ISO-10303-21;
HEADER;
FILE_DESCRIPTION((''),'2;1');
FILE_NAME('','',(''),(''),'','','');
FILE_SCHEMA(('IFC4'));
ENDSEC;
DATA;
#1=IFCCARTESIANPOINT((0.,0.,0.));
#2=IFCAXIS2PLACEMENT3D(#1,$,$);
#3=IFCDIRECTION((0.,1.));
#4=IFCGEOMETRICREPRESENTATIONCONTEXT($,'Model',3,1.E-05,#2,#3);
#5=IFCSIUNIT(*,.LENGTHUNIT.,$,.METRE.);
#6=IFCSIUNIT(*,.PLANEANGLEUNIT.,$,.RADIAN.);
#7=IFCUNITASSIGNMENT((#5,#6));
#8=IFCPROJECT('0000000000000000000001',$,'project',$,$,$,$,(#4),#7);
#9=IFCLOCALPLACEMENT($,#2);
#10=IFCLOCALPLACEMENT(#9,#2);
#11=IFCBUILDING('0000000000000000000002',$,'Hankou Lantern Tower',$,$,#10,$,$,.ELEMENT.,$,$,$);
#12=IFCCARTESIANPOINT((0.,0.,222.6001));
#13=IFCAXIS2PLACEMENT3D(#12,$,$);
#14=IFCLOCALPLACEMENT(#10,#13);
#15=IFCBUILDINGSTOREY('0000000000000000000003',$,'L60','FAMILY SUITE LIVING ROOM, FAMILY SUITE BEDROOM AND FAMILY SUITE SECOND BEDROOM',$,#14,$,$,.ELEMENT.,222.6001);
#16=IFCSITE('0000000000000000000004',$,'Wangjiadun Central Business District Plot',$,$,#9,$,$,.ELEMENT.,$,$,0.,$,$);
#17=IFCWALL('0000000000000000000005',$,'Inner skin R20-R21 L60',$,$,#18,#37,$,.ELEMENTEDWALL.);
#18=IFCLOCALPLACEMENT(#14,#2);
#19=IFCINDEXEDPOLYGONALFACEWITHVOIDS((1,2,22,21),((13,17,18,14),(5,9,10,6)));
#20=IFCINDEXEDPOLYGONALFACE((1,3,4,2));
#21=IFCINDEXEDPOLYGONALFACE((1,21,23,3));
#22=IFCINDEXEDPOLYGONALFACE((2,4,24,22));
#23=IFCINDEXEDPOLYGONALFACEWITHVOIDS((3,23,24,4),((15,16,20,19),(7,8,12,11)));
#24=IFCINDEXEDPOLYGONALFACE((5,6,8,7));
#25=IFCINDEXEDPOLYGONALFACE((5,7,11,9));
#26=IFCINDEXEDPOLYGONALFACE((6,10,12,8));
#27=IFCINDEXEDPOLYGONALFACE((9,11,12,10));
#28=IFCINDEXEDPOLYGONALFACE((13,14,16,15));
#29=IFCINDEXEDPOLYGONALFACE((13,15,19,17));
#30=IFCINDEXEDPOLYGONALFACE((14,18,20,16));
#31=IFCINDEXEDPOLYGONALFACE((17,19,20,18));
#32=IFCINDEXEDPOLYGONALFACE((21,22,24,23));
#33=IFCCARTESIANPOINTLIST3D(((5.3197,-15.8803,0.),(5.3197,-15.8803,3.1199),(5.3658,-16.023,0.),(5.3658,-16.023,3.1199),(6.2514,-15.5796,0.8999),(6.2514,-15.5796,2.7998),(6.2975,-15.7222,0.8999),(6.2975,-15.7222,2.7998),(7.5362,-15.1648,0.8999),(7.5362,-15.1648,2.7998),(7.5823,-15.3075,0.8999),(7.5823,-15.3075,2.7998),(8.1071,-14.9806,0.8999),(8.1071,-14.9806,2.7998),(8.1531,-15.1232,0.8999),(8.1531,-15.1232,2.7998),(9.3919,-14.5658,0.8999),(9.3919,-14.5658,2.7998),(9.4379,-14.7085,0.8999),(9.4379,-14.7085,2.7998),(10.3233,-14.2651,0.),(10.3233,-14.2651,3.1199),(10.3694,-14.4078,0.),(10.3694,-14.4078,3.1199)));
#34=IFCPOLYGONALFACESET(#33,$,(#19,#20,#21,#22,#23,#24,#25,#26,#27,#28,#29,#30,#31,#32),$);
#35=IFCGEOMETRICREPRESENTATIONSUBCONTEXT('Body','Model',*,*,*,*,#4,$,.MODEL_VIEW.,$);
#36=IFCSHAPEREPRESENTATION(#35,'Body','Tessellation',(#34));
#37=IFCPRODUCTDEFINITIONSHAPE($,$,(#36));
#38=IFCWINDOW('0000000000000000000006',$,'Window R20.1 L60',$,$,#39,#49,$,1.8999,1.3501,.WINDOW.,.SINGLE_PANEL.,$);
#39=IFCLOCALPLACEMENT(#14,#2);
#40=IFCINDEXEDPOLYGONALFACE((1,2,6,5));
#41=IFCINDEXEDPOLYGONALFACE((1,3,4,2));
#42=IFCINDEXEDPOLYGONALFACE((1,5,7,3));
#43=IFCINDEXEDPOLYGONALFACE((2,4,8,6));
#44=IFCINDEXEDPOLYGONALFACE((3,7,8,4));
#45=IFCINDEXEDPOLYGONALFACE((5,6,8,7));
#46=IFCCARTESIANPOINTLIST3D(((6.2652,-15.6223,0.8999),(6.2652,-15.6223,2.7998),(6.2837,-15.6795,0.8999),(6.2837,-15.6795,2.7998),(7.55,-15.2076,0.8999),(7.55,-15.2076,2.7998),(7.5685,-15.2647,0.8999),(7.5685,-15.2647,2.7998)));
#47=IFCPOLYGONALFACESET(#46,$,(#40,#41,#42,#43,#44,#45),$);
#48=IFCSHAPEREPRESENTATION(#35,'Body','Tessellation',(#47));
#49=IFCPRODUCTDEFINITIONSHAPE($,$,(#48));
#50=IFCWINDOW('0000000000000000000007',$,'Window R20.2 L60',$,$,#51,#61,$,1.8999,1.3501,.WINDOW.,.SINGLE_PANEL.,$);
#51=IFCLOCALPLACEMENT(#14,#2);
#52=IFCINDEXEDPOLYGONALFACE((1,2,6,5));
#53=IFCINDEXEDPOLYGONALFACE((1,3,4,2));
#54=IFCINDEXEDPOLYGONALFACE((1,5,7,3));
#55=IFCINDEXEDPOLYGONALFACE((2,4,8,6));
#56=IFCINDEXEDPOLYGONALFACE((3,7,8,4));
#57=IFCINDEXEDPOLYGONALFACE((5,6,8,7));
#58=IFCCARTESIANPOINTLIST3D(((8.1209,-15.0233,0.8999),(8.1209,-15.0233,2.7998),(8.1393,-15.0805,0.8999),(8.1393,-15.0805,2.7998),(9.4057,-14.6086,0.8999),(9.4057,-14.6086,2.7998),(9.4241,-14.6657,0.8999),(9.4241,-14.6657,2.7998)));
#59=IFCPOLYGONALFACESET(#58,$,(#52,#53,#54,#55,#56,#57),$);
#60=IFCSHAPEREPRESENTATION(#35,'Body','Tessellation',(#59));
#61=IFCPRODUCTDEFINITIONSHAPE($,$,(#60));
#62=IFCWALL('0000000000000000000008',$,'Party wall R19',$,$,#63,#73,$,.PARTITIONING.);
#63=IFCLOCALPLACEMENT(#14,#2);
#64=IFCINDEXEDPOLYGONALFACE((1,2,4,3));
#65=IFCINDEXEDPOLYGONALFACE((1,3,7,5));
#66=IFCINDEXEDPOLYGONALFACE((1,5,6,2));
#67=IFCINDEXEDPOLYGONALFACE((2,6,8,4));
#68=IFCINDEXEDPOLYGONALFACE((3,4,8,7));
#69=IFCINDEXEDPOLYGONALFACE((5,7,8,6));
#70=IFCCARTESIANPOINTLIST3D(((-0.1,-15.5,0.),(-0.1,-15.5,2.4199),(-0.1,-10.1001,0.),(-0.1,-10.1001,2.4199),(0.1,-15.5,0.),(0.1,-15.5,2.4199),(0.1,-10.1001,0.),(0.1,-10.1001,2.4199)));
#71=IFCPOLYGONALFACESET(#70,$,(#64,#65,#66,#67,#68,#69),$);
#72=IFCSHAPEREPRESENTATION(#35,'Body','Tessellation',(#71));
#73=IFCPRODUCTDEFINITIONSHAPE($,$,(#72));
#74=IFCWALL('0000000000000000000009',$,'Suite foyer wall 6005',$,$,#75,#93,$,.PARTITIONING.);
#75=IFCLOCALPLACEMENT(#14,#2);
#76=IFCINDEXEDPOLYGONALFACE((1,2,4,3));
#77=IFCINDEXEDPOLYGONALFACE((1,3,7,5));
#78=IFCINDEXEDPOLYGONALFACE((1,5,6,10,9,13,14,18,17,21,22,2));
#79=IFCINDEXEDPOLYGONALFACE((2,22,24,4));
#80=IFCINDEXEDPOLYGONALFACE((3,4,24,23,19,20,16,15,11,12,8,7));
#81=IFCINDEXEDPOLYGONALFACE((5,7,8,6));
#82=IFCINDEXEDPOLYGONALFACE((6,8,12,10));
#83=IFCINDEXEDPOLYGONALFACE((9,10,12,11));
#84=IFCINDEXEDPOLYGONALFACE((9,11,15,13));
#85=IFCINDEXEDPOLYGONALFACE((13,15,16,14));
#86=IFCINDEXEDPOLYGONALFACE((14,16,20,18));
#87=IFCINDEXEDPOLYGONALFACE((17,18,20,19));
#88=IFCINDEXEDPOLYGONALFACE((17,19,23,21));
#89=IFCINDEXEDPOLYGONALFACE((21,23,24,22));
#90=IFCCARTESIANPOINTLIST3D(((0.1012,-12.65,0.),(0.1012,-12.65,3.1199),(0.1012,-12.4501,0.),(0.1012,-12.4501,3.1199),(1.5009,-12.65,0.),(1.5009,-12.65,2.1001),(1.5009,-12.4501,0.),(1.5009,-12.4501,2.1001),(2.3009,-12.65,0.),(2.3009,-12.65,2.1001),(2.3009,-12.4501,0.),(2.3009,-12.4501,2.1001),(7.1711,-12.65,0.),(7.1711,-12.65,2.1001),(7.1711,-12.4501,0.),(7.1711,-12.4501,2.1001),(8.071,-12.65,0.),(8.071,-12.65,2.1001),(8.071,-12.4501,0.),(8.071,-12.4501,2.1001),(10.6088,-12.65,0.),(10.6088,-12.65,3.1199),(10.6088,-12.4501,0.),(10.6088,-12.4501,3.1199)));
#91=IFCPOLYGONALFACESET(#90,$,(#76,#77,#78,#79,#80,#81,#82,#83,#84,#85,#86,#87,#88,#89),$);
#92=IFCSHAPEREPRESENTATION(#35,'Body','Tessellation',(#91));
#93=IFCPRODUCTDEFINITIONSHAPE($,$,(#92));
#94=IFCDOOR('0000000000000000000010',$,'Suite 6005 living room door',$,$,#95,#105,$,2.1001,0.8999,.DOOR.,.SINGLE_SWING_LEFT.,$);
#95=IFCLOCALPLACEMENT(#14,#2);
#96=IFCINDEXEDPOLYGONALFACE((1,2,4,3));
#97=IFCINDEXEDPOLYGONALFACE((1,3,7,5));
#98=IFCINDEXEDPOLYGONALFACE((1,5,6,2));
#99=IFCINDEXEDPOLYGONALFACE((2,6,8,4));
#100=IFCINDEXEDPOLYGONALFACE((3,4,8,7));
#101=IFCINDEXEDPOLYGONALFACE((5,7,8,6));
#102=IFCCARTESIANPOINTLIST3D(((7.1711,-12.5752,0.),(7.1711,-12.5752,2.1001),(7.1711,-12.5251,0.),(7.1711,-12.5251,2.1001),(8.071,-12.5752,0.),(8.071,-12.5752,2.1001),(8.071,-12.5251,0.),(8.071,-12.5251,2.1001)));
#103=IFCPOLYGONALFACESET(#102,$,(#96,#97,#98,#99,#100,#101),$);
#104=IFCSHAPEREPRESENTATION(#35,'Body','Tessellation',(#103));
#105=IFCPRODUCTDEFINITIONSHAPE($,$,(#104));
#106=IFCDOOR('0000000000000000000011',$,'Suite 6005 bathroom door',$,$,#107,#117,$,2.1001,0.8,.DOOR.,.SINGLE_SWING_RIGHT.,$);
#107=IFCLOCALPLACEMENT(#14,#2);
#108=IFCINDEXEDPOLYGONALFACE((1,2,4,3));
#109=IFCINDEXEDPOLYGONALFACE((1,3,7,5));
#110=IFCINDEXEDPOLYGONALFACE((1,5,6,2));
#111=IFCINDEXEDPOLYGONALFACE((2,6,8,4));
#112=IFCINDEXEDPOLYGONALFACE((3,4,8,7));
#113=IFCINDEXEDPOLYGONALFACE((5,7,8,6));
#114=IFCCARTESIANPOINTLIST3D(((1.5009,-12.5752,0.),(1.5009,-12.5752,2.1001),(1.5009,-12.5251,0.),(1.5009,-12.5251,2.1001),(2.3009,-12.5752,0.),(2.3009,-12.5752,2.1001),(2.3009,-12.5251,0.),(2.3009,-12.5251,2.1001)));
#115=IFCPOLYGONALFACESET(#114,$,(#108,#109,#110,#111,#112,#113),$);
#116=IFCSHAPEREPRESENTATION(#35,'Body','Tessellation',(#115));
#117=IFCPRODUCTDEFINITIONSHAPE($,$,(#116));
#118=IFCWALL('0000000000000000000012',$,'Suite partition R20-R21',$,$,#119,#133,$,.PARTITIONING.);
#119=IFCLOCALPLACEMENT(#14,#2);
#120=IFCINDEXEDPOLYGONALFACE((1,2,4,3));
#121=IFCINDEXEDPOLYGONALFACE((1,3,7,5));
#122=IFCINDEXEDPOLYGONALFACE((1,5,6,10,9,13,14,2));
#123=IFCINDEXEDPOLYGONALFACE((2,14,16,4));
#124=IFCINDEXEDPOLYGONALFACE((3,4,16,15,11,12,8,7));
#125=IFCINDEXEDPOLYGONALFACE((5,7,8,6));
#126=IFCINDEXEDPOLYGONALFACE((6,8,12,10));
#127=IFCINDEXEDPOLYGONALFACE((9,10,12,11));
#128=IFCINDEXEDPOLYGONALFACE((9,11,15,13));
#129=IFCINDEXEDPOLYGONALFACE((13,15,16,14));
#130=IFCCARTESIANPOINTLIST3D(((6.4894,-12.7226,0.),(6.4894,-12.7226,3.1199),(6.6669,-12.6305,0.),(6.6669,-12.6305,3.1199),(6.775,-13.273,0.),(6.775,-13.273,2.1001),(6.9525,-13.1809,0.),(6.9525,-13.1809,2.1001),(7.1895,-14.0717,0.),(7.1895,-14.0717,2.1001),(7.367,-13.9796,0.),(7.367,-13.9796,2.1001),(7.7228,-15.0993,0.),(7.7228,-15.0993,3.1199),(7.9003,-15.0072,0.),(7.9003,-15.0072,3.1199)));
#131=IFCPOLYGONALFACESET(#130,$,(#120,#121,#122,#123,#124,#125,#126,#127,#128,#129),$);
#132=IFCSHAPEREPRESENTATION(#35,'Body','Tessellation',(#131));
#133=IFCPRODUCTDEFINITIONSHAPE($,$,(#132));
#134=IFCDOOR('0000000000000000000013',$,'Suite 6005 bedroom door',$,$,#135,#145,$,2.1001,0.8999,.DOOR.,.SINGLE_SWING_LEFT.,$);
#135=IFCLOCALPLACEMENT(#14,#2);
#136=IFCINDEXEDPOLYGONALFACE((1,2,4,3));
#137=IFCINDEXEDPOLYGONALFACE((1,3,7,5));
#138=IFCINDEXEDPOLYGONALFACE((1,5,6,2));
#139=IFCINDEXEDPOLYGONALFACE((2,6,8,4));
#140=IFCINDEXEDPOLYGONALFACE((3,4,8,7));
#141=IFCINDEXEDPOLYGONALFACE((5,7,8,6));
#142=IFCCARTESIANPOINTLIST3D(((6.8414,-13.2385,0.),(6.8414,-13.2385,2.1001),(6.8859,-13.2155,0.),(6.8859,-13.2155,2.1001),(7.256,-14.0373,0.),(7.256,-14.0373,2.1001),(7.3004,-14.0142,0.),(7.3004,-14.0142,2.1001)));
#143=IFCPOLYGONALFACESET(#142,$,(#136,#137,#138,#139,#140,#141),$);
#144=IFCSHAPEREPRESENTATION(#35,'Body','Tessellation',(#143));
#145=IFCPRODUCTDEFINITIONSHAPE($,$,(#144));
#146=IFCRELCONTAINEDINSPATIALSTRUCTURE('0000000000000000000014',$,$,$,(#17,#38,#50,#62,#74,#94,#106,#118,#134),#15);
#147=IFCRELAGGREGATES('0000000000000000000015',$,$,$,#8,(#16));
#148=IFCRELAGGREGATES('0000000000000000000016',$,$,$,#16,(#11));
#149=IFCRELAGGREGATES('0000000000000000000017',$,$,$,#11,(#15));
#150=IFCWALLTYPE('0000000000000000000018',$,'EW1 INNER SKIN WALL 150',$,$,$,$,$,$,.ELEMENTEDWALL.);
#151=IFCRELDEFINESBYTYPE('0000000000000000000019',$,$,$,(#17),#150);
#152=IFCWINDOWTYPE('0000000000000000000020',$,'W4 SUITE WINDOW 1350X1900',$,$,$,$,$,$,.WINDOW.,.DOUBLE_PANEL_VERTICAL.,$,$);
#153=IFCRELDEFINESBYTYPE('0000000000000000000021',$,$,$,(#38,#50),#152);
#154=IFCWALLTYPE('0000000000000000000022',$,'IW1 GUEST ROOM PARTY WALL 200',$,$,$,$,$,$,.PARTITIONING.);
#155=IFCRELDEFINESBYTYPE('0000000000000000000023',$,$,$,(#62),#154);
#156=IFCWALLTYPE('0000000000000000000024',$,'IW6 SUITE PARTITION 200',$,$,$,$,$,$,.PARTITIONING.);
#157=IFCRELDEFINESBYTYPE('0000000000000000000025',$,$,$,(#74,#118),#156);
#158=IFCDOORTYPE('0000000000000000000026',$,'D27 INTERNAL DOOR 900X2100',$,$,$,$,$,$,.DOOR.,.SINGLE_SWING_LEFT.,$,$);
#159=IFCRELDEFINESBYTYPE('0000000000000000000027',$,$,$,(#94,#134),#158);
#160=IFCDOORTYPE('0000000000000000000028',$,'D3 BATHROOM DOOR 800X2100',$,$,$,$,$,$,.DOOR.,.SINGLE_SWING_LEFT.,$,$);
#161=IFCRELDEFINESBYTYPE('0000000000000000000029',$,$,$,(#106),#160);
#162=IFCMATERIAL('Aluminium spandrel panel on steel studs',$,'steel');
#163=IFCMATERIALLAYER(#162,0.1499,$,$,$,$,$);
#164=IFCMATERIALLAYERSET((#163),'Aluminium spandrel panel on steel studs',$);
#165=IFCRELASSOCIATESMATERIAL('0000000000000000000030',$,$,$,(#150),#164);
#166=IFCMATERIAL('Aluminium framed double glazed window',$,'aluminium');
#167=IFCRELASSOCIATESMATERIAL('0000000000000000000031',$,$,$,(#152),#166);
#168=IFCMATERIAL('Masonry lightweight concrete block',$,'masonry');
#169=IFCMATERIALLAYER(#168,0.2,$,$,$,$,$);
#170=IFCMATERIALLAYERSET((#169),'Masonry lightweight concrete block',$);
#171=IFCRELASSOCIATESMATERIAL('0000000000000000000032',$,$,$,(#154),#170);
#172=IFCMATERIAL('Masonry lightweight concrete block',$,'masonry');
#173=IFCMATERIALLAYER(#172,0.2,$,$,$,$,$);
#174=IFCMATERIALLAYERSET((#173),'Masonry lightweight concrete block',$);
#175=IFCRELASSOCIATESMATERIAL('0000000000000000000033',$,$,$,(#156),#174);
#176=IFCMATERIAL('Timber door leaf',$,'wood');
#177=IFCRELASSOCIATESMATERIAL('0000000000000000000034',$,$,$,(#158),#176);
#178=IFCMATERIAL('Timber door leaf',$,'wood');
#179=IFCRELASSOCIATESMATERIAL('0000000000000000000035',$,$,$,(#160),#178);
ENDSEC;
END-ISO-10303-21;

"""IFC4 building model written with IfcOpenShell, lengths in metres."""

from ifc_helpers import new_model, si_unit, direction, frame, frame_2d, origin, place, context, subcontext, project, spatial, rectangle, extrude, material, layer, layer_set, type_object, element, fill, save


model = new_model("IFC4")

# Units and contexts
model_context = context("Model", 3, precision=1e-05, world=origin(), true_north=direction((0.0, 1.0)))
body_context = subcontext(model_context, "Body", "Model", "MODEL_VIEW")
ifc_project = project(units=[si_unit("LENGTHUNIT", "METRE"), si_unit("PLANEANGLEUNIT", "RADIAN")], contexts=[model_context])

# Site, building, storey
site_placement = place(None, origin())
site = spatial("IfcSite", under=ifc_project, at=site_placement, Name="Wangjiadun Central Business District Plot", CompositionType="ELEMENT", RefElevation=0.0)
building_placement = place(site_placement, origin())
building = spatial("IfcBuilding", under=site, at=building_placement, Name="Hankou Lantern Tower", CompositionType="ELEMENT")
storey_placement = place(building_placement, frame((0.0, 0.0, 222.6001)))
storey = spatial("IfcBuildingStorey", under=building, at=storey_placement, Name="L60", Description="FAMILY SUITE LIVING ROOM, FAMILY SUITE BEDROOM AND FAMILY SUITE SECOND BEDROOM", CompositionType="ELEMENT", Elevation=222.6001)

# Wall, openings, windows
ifc_material_1 = material(Name="Aluminium spandrel panel on steel studs", Category="steel")
ifc_layer_1 = layer(ifc_material_1, 0.1499)
ifc_layer_set_1 = layer_set([ifc_layer_1], Name="Aluminium spandrel panel on steel studs")
wall_type_1 = type_object("IfcWallType", Name="EW1 INNER SKIN WALL 150", PredefinedType="ELEMENTEDWALL", material=ifc_layer_set_1)
ifc_material_2 = material(Name="Aluminium framed double glazed window", Category="aluminium")
window_type = type_object("IfcWindowType", Name="W4 SUITE WINDOW 1350X1900", PartitioningType="DOUBLE_PANEL_VERTICAL", PredefinedType="WINDOW", material=ifc_material_2)
wall_1_placement = place(storey_placement, frame((5.3428, -15.9517, 0.0), z_axis=(0.0, 0.0, 1.0), x_axis=(0.951645, 0.307201, 0.0)))
wall_1 = element("IfcWall", 1, at=wall_1_placement, inside=storey, type_object=wall_type_1, Name="Inner skin R20-R21 L60", PredefinedType="ELEMENTEDWALL", context=body_context, shape_type="SweptSolid", body=[
    extrude(rectangle(XDim=5.2578, YDim=0.1499, at=frame_2d((2.6289, 0.0))), origin(), (0.0, 0.0, 1.0), 3.1199),
])
opening_1_placement = place(wall_1_placement, frame((0.979, 0.0, 0.8999)))
opening_1 = element("IfcOpeningElement", 2, at=opening_1_placement, cuts=wall_1, PredefinedType="OPENING", context=body_context, shape_type="SweptSolid", body=[
    extrude(rectangle(XDim=1.3501, YDim=1.8999, at=frame_2d((0.675, 0.95))), frame((0.0, 0.085, 0.0), z_axis=(0.0, -1.0, 0.0), x_axis=(1.0, 0.0, 0.0)), (0.0, 0.0, 1.0), 0.1699),
])
opening_2_placement = place(wall_1_placement, frame((2.929, 0.0, 0.8999)))
opening_2 = element("IfcOpeningElement", 3, at=opening_2_placement, cuts=wall_1, PredefinedType="OPENING", context=body_context, shape_type="SweptSolid", body=[
    extrude(rectangle(XDim=1.3501, YDim=1.8999, at=frame_2d((0.675, 0.95))), frame((0.0, 0.085, 0.0), z_axis=(0.0, -1.0, 0.0), x_axis=(1.0, 0.0, 0.0)), (0.0, 0.0, 1.0), 0.1699),
])
window_1_placement = place(opening_1_placement, origin())
window_1 = element("IfcWindow", 4, at=window_1_placement, inside=storey, type_object=window_type, Name="Window R20.1 L60", OverallHeight=1.8999, OverallWidth=1.3501, PartitioningType="SINGLE_PANEL", PredefinedType="WINDOW", context=body_context, shape_type="SweptSolid", body=[
    extrude(rectangle(XDim=1.3501, YDim=1.8999, at=frame_2d((0.675, 0.95))), frame((0.0, 0.03, 0.0), z_axis=(0.0, -1.0, 0.0), x_axis=(1.0, 0.0, 0.0)), (0.0, 0.0, 1.0), 0.0601),
])
fill(opening_1, window_1)
window_2_placement = place(opening_2_placement, origin())
window_2 = element("IfcWindow", 5, at=window_2_placement, inside=storey, type_object=window_type, Name="Window R20.2 L60", OverallHeight=1.8999, OverallWidth=1.3501, PartitioningType="SINGLE_PANEL", PredefinedType="WINDOW", context=body_context, shape_type="SweptSolid", body=[
    extrude(rectangle(XDim=1.3501, YDim=1.8999, at=frame_2d((0.675, 0.95))), frame((0.0, 0.03, 0.0), z_axis=(0.0, -1.0, 0.0), x_axis=(1.0, 0.0, 0.0)), (0.0, 0.0, 1.0), 0.0601),
])
fill(opening_2, window_2)

# Wall
ifc_material_3 = material(Name="Masonry lightweight concrete block", Category="masonry")
ifc_layer_2 = layer(ifc_material_3, 0.2)
ifc_layer_set_2 = layer_set([ifc_layer_2], Name="Masonry lightweight concrete block")
wall_type_2 = type_object("IfcWallType", Name="IW1 GUEST ROOM PARTY WALL 200", PredefinedType="PARTITIONING", material=ifc_layer_set_2)
wall_2_placement = place(storey_placement, frame((0.0, -10.1001, 0.0), z_axis=(0.0, 0.0, 1.0), x_axis=(0.0, -1.0, 0.0)))
element("IfcWall", 6, at=wall_2_placement, inside=storey, type_object=wall_type_2, Name="Party wall R19", PredefinedType="PARTITIONING", context=body_context, shape_type="SweptSolid", body=[
    extrude(rectangle(XDim=5.3999, YDim=0.2, at=frame_2d((2.7, 0.0))), origin(), (0.0, 0.0, 1.0), 2.4199),
])

# Wall, openings, doors
ifc_material_4 = material(Name="Masonry lightweight concrete block", Category="masonry")
ifc_layer_3 = layer(ifc_material_4, 0.2)
ifc_layer_set_3 = layer_set([ifc_layer_3], Name="Masonry lightweight concrete block")
wall_type_3 = type_object("IfcWallType", Name="IW6 SUITE PARTITION 200", PredefinedType="PARTITIONING", material=ifc_layer_set_3)
wall_3_placement = place(storey_placement, frame((0.1011, -12.55, 0.0), z_axis=(0.0, 0.0, 1.0), x_axis=(1.0, 0.0, 0.0)))
wall_3 = element("IfcWall", 7, at=wall_3_placement, inside=storey, type_object=wall_type_3, Name="Suite foyer wall 6005", PredefinedType="PARTITIONING", context=body_context, shape_type="SweptSolid", body=[
    extrude(rectangle(XDim=10.5076, YDim=0.2, at=frame_2d((5.2539, 0.0))), origin(), (0.0, 0.0, 1.0), 3.1199),
])
opening_3_placement = place(wall_3_placement, frame((1.3999, 0.0, 0.0)))
opening_3 = element("IfcOpeningElement", 8, at=opening_3_placement, cuts=wall_3, PredefinedType="OPENING", context=body_context, shape_type="SweptSolid", body=[
    extrude(rectangle(XDim=0.8, YDim=2.1001, at=frame_2d((0.3999, 1.05))), frame((0.0, 0.1099, 0.0), z_axis=(0.0, -1.0, 0.0), x_axis=(1.0, 0.0, 0.0)), (0.0, 0.0, 1.0), 0.22),
])
opening_4_placement = place(wall_3_placement, frame((7.0701, 0.0, 0.0)))
opening_4 = element("IfcOpeningElement", 9, at=opening_4_placement, cuts=wall_3, PredefinedType="OPENING", context=body_context, shape_type="SweptSolid", body=[
    extrude(rectangle(XDim=0.8999, YDim=2.1001, at=frame_2d((0.45, 1.05))), frame((0.0, 0.1099, 0.0), z_axis=(0.0, -1.0, 0.0), x_axis=(1.0, 0.0, 0.0)), (0.0, 0.0, 1.0), 0.22),
])
ifc_material_5 = material(Name="Timber door leaf", Category="wood")
door_type_1 = type_object("IfcDoorType", Name="D27 INTERNAL DOOR 900X2100", OperationType="SINGLE_SWING_LEFT", PredefinedType="DOOR", material=ifc_material_5)
door_1_placement = place(opening_4_placement, origin())
door_1 = element("IfcDoor", 10, at=door_1_placement, inside=storey, type_object=door_type_1, Name="Suite 6005 living room door", OperationType="SINGLE_SWING_LEFT", OverallHeight=2.1001, OverallWidth=0.8999, PredefinedType="DOOR", context=body_context, shape_type="SweptSolid", body=[
    extrude(rectangle(XDim=0.8999, YDim=2.1001, at=frame_2d((0.45, 1.05))), frame((0.0, 0.0249, 0.0), z_axis=(0.0, -1.0, 0.0), x_axis=(1.0, 0.0, 0.0)), (0.0, 0.0, 1.0), 0.05),
])
fill(opening_4, door_1)
ifc_material_6 = material(Name="Timber door leaf", Category="wood")
door_type_2 = type_object("IfcDoorType", Name="D3 BATHROOM DOOR 800X2100", OperationType="SINGLE_SWING_LEFT", PredefinedType="DOOR", material=ifc_material_6)
door_2_placement = place(opening_3_placement, origin())
door_2 = element("IfcDoor", 11, at=door_2_placement, inside=storey, type_object=door_type_2, Name="Suite 6005 bathroom door", OperationType="SINGLE_SWING_RIGHT", OverallHeight=2.1001, OverallWidth=0.8, PredefinedType="DOOR", context=body_context, shape_type="SweptSolid", body=[
    extrude(rectangle(XDim=0.8, YDim=2.1001, at=frame_2d((0.3999, 1.05))), frame((0.0, 0.0249, 0.0), z_axis=(0.0, -1.0, 0.0), x_axis=(1.0, 0.0, 0.0)), (0.0, 0.0, 1.0), 0.05),
])
fill(opening_3, door_2)

# Wall, opening, door
wall_4_placement = place(storey_placement, frame((6.5781, -12.6765, 0.0), z_axis=(0.0, 0.0, 1.0), x_axis=(0.460621, -0.887597, 0.0)))
wall_4 = element("IfcWall", 12, at=wall_4_placement, inside=storey, type_object=wall_type_3, Name="Suite partition R20-R21", PredefinedType="PARTITIONING", context=body_context, shape_type="SweptSolid", body=[
    extrude(rectangle(XDim=2.6777, YDim=0.2, at=frame_2d((1.3389, 0.0))), origin(), (0.0, 0.0, 1.0), 3.1199),
])
opening_5_placement = place(wall_4_placement, frame((0.6201, 0.0, 0.0)))
opening_5 = element("IfcOpeningElement", 13, at=opening_5_placement, cuts=wall_4, PredefinedType="OPENING", context=body_context, shape_type="SweptSolid", body=[
    extrude(rectangle(XDim=0.8999, YDim=2.1001, at=frame_2d((0.45, 1.05))), frame((0.0, 0.1099, 0.0), z_axis=(0.0, -1.0, 0.0), x_axis=(1.0, 0.0, 0.0)), (0.0, 0.0, 1.0), 0.22),
])
door_3_placement = place(opening_5_placement, origin())
door_3 = element("IfcDoor", 14, at=door_3_placement, inside=storey, type_object=door_type_1, Name="Suite 6005 bedroom door", OperationType="SINGLE_SWING_LEFT", OverallHeight=2.1001, OverallWidth=0.8999, PredefinedType="DOOR", context=body_context, shape_type="SweptSolid", body=[
    extrude(rectangle(XDim=0.8999, YDim=2.1001, at=frame_2d((0.45, 1.05))), frame((0.0, 0.0249, 0.0), z_axis=(0.0, -1.0, 0.0), x_axis=(1.0, 0.0, 0.0)), (0.0, 0.0, 1.0), 0.05),
])
fill(opening_5, door_3)

save(model, "model.ifc")
